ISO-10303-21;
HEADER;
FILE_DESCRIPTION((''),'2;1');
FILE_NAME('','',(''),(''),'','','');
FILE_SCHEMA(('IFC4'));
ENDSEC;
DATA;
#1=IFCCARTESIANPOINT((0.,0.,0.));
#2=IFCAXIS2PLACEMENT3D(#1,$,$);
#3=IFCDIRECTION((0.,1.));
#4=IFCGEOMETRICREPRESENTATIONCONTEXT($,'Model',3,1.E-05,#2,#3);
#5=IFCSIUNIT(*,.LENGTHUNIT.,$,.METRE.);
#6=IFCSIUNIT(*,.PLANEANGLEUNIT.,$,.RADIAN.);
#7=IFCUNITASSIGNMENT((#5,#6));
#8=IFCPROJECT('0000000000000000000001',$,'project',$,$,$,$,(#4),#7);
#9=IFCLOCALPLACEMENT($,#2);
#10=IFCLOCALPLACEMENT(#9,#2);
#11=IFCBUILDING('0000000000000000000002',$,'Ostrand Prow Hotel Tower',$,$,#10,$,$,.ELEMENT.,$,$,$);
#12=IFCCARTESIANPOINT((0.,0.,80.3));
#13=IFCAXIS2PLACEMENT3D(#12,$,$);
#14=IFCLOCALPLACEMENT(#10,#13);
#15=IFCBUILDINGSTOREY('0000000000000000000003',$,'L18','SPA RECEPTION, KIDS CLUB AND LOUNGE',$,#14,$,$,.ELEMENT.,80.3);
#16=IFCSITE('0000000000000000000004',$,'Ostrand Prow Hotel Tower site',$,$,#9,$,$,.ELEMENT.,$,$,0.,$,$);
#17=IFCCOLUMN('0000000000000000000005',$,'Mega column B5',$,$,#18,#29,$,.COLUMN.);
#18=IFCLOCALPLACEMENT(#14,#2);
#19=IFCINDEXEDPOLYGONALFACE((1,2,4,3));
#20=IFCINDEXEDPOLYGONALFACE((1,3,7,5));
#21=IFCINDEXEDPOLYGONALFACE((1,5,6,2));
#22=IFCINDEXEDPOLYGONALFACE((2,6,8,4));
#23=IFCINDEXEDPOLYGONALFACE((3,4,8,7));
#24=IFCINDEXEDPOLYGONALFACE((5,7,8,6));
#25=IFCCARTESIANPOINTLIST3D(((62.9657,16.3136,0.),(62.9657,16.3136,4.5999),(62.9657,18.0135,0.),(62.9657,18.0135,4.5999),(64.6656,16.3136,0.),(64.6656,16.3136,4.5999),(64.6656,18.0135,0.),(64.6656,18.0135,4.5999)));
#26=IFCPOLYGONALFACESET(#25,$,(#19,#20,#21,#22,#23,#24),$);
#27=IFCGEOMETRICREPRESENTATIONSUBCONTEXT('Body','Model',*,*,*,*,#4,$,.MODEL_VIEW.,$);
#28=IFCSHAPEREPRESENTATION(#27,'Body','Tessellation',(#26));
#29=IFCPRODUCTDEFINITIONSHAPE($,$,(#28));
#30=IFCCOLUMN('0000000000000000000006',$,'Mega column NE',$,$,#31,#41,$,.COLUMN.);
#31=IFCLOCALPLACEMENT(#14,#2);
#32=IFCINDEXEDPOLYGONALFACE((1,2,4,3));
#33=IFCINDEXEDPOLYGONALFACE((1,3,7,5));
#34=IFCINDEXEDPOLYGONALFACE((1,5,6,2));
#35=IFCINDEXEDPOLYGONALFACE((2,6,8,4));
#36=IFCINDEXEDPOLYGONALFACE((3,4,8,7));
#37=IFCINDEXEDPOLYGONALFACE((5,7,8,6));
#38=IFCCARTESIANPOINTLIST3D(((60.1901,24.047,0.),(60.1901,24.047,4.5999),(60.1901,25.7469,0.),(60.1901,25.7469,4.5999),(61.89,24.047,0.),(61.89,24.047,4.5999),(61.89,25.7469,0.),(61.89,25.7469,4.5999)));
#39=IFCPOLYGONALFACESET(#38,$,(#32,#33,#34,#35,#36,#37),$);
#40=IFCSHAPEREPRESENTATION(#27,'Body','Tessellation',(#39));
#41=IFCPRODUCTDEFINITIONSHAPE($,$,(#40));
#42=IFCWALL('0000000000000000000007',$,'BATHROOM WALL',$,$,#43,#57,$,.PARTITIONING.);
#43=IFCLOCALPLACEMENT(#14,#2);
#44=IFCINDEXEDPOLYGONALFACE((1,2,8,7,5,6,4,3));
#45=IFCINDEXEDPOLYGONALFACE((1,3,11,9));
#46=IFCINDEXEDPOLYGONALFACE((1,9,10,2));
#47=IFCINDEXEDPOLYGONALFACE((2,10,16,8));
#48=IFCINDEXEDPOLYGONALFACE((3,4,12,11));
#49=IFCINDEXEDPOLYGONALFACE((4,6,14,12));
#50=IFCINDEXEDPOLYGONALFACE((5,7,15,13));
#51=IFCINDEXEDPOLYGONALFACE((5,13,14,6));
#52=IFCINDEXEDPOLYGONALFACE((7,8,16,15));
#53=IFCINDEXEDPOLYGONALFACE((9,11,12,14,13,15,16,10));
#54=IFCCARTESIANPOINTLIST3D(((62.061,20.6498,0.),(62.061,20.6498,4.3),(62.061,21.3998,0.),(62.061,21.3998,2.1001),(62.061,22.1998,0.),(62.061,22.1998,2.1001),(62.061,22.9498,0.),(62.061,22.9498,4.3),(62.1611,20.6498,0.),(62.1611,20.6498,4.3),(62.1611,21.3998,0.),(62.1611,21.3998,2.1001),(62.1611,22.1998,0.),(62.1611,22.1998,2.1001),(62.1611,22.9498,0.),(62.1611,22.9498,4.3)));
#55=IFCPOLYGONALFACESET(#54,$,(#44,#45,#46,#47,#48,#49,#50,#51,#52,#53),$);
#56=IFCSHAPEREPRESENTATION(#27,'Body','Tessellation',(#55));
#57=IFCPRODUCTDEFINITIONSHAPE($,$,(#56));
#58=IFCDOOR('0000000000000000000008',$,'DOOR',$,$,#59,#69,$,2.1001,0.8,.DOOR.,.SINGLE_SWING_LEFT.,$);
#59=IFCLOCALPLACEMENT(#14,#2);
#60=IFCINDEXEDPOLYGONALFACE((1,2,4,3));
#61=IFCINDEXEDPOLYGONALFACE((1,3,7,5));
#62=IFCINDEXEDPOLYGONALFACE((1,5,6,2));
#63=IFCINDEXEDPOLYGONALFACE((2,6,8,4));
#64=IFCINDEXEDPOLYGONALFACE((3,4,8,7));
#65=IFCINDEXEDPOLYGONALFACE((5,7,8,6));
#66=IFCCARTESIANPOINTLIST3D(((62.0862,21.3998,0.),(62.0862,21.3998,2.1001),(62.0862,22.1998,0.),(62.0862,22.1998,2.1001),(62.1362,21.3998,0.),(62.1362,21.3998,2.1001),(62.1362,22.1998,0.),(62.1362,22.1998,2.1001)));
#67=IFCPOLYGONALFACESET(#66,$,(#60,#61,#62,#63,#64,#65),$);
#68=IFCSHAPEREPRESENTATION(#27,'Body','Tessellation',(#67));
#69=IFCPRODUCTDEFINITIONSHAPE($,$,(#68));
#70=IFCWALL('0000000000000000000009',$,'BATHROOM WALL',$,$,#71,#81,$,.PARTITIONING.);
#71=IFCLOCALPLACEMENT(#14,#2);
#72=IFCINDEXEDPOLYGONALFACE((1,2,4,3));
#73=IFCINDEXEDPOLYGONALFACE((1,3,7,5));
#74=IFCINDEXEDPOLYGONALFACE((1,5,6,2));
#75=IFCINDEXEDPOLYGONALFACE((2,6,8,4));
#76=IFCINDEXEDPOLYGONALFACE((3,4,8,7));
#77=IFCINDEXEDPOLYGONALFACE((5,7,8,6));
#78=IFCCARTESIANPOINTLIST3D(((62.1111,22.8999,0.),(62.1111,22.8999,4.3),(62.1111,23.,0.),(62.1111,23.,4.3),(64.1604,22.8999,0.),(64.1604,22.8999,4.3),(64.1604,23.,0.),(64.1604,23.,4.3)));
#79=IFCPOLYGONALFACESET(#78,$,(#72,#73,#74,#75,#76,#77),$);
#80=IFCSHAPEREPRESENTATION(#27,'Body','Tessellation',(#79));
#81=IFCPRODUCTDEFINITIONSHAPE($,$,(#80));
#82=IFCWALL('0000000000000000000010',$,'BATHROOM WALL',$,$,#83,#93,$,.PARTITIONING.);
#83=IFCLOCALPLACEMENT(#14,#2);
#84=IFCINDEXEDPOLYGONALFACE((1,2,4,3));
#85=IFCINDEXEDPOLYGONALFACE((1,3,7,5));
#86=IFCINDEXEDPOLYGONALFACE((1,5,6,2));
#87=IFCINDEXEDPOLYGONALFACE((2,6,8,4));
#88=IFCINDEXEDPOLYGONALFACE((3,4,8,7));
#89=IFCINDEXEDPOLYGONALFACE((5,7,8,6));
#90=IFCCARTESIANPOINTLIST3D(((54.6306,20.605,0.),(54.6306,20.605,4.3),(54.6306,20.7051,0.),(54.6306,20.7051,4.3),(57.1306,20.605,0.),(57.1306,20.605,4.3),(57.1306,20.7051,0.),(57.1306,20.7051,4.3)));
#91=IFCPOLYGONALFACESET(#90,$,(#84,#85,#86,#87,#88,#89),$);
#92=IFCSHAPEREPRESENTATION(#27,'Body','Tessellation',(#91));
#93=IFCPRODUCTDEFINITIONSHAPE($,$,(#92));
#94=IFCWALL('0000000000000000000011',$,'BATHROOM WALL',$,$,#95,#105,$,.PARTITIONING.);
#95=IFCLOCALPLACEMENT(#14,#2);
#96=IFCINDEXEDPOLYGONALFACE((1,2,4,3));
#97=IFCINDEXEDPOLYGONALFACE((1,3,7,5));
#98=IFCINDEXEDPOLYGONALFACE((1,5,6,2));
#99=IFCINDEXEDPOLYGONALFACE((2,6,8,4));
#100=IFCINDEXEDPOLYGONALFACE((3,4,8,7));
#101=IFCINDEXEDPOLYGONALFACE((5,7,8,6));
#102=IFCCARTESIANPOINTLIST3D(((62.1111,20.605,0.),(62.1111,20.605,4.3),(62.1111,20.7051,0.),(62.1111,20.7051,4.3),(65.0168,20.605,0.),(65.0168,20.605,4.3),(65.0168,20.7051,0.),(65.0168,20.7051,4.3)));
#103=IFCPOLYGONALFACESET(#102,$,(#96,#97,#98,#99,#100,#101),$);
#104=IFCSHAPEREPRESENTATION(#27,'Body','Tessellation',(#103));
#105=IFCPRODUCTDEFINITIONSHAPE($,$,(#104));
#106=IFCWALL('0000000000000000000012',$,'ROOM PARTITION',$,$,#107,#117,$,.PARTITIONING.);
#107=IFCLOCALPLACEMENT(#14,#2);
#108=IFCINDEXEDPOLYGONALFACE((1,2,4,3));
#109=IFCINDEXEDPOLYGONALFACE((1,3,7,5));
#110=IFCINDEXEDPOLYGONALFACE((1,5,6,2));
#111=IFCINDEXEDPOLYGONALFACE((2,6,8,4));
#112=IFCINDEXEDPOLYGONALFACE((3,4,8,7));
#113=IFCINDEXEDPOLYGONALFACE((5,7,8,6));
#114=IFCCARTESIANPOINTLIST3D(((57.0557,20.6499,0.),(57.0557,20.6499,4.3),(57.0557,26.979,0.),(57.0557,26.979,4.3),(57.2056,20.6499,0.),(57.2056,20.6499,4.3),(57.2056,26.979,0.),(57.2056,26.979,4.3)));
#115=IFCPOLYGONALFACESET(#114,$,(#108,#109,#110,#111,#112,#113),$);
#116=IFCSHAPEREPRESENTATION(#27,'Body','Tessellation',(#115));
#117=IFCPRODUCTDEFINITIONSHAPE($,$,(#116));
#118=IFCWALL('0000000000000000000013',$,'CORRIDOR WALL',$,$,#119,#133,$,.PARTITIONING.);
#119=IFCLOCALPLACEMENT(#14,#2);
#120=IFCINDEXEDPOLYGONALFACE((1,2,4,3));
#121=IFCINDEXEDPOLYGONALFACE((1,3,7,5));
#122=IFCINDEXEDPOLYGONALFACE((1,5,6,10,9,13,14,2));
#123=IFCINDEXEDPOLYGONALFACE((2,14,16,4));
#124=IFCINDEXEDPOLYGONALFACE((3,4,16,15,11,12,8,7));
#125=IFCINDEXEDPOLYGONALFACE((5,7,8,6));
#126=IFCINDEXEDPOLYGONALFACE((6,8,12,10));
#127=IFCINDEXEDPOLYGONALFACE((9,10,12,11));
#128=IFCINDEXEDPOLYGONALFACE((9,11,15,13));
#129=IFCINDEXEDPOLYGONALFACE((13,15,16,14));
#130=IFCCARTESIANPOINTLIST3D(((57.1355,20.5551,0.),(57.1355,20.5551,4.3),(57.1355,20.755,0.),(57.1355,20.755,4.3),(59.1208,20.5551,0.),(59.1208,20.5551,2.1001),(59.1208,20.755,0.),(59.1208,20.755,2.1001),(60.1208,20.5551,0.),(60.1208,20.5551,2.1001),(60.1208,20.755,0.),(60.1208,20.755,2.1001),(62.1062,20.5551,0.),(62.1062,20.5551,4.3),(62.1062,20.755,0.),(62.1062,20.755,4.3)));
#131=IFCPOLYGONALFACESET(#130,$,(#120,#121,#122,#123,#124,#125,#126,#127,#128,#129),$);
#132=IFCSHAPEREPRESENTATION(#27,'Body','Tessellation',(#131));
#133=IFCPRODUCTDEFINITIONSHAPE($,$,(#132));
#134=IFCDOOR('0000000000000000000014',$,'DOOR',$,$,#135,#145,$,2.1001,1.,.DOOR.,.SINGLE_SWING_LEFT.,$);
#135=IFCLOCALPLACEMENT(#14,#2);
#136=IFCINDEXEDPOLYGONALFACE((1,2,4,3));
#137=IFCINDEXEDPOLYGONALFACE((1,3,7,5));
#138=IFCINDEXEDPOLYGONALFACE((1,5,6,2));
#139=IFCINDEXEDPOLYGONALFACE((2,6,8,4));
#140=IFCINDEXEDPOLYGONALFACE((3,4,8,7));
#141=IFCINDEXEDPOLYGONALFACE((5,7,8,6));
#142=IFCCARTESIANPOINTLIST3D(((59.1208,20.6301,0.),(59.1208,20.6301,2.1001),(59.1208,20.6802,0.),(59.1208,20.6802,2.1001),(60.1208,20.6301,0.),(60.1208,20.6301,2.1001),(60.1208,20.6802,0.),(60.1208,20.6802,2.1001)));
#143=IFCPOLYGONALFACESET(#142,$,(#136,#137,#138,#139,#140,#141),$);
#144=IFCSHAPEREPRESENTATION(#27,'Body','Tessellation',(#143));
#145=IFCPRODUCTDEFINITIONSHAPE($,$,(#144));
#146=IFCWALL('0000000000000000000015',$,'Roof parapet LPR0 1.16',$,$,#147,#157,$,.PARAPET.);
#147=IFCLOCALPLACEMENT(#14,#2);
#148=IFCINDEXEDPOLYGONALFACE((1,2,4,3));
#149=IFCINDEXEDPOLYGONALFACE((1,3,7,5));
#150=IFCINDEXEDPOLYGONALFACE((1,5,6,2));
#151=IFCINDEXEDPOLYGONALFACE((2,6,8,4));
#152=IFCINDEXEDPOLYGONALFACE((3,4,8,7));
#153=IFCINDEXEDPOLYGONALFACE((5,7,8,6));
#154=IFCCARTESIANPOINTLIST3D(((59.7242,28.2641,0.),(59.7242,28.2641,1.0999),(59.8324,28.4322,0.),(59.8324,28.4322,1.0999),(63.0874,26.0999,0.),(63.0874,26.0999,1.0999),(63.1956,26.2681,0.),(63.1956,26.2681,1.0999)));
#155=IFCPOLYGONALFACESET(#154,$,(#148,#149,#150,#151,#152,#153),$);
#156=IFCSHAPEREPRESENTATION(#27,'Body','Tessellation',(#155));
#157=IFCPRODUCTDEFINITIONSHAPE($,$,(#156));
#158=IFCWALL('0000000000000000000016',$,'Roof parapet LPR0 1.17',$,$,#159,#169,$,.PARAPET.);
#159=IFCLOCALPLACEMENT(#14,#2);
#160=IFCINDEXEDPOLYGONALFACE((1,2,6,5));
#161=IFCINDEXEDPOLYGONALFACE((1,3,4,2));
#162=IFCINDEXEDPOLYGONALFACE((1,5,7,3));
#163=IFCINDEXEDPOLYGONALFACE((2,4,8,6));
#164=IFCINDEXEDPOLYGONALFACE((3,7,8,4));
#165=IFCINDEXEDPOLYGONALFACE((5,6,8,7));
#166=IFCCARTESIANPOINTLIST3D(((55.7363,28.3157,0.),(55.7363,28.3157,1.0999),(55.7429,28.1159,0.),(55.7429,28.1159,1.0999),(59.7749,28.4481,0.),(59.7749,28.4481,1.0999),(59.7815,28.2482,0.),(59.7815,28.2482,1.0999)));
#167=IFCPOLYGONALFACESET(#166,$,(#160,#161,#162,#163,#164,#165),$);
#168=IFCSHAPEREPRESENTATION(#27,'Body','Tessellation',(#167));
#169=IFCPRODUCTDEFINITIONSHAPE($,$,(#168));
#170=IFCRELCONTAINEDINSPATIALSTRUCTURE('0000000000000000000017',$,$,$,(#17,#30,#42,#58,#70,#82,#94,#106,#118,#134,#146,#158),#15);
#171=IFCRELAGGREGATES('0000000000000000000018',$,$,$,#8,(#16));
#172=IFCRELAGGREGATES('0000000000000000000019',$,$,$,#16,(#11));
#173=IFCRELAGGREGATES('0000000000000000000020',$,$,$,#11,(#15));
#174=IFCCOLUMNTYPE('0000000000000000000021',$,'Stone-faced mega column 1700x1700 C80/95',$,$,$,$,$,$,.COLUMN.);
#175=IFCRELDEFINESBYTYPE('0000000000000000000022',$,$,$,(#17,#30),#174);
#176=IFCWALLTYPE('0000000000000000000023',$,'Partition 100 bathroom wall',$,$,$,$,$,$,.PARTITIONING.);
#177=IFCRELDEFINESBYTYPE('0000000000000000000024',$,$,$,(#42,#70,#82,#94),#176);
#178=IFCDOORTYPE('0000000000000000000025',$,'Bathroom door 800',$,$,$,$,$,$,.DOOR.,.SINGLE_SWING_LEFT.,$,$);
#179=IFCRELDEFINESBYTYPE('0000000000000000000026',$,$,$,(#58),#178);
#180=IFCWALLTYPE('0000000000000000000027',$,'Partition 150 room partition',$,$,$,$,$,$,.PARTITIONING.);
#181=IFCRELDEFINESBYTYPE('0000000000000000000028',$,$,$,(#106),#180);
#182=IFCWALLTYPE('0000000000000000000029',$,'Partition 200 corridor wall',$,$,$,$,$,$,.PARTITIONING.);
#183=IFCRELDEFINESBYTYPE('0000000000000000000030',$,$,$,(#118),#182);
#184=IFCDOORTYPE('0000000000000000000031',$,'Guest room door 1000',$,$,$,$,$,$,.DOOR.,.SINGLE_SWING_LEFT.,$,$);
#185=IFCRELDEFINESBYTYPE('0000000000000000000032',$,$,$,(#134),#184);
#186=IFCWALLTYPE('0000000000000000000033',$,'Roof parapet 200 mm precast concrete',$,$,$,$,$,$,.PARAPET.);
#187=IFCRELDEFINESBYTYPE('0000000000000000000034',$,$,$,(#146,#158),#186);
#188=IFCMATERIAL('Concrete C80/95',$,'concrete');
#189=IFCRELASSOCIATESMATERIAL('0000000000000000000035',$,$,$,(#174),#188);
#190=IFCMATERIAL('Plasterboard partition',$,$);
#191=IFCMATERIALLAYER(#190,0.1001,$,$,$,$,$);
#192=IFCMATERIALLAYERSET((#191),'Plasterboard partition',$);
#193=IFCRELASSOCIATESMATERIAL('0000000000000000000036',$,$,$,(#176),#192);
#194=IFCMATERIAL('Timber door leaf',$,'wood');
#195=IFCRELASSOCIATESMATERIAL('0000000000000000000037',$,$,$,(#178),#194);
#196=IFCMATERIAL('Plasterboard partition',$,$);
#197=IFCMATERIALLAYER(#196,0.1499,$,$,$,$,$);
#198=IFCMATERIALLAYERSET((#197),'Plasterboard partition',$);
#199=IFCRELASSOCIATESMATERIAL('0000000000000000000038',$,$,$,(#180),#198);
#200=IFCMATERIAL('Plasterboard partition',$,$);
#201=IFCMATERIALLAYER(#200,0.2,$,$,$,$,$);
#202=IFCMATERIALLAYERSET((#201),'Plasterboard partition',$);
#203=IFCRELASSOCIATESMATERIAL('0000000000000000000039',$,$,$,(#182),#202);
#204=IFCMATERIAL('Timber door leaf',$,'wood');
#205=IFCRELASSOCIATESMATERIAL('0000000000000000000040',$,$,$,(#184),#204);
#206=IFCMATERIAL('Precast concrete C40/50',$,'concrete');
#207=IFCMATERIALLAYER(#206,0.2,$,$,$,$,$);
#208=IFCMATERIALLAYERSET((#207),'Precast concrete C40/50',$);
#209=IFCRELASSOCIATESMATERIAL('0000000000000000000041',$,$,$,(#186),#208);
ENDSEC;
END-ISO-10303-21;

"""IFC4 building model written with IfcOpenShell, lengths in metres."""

from ifc_helpers import new_model, si_unit, direction, frame, frame_2d, origin, origin_2d, place, context, subcontext, project, spatial, rectangle, extrude, material, layer, layer_set, material_profile, profile_set, type_object, element, fill, save


model = new_model("IFC4")

# Units and contexts
model_context = context("Model", 3, precision=1e-05, world=origin(), true_north=direction((0.0, 1.0)))
body_context = subcontext(model_context, "Body", "Model", "MODEL_VIEW")
ifc_project = project(units=[si_unit("LENGTHUNIT", "METRE"), si_unit("PLANEANGLEUNIT", "RADIAN")], contexts=[model_context])

# Site, building, storey
site_placement = place(None, origin())
site = spatial("IfcSite", under=ifc_project, at=site_placement, Name="Ostrand Prow Hotel Tower site", CompositionType="ELEMENT", RefElevation=0.0)
building_placement = place(site_placement, origin())
building = spatial("IfcBuilding", under=site, at=building_placement, Name="Ostrand Prow Hotel Tower", CompositionType="ELEMENT")
storey_placement = place(building_placement, frame((0.0, 0.0, 80.3)))
storey = spatial("IfcBuildingStorey", under=building, at=storey_placement, Name="L18", Description="SPA RECEPTION, KIDS CLUB AND LOUNGE", CompositionType="ELEMENT", Elevation=80.3)

# Columns
ifc_material_1 = material(Name="Concrete C80/95", Category="concrete")
ifc_material_profile = material_profile(ifc_material_1, rectangle(XDim=1.7, YDim=1.7, at=origin_2d()), Name="RC 1700x1700")
ifc_profile_set = profile_set([ifc_material_profile], Name="Concrete C80/95")
column_type = type_object("IfcColumnType", Name="Stone-faced mega column 1700x1700 C80/95", PredefinedType="COLUMN", material=ifc_profile_set)
for number, where, z_axis, x_axis, name in (
    (1, (63.8157, 17.1636, 0.0), (0.0, 0.0, 1.0), (1.0, 0.0, 0.0), "Mega column B5"),
    (2, (61.04, 24.897, 0.0), (0.0, 0.0, 1.0), (1.0, 0.0, 0.0), "Mega column NE"),
):
    element("IfcColumn", number, at=place(storey_placement, frame(where, z_axis=z_axis, x_axis=x_axis)), inside=storey, type_object=column_type, Name=name, PredefinedType="COLUMN", context=body_context, shape_type="SweptSolid", body=[
        extrude(rectangle(XDim=1.7, YDim=1.7, at=origin_2d()), origin(), (0.0, 0.0, 1.0), 4.5999),
    ])

# Wall, opening, door
ifc_material_2 = material(Name="Plasterboard partition")
ifc_layer_1 = layer(ifc_material_2, 0.1001)
ifc_layer_set_1 = layer_set([ifc_layer_1], Name="Plasterboard partition")
wall_type_1 = type_object("IfcWallType", Name="Partition 100 bathroom wall", PredefinedType="PARTITIONING", material=ifc_layer_set_1)
wall_1_placement = place(storey_placement, frame((62.1111, 20.6499, 0.0), z_axis=(0.0, 0.0, 1.0), x_axis=(0.0, 1.0, 0.0)))
wall_1 = element("IfcWall", 3, at=wall_1_placement, inside=storey, type_object=wall_type_1, Name="BATHROOM WALL", PredefinedType="PARTITIONING", context=body_context, shape_type="SweptSolid", body=[
    extrude(rectangle(XDim=2.3, YDim=0.1001, at=frame_2d((1.1499, 0.0))), origin(), (0.0, 0.0, 1.0), 4.3),
])
opening_1_placement = place(wall_1_placement, frame((0.75, 0.0, 0.0)))
opening_1 = element("IfcOpeningElement", 4, at=opening_1_placement, cuts=wall_1, PredefinedType="OPENING", context=body_context, shape_type="SweptSolid", body=[
    extrude(rectangle(XDim=0.8, YDim=2.1001, at=frame_2d((0.3999, 1.05))), frame((0.0, 0.0601, 0.0), z_axis=(0.0, -1.0, 0.0), x_axis=(1.0, 0.0, 0.0)), (0.0, 0.0, 1.0), 0.1201),
])
ifc_material_3 = material(Name="Timber door leaf", Category="wood")
door_type_1 = type_object("IfcDoorType", Name="Bathroom door 800", OperationType="SINGLE_SWING_LEFT", PredefinedType="DOOR", material=ifc_material_3)
door_1_placement = place(opening_1_placement, origin())
door_1 = element("IfcDoor", 5, at=door_1_placement, inside=storey, type_object=door_type_1, Name="DOOR", OperationType="SINGLE_SWING_LEFT", OverallHeight=2.1001, OverallWidth=0.8, PredefinedType="DOOR", context=body_context, shape_type="SweptSolid", body=[
    extrude(rectangle(XDim=0.8, YDim=2.1001, at=frame_2d((0.3999, 1.05))), frame((0.0, 0.0249, 0.0), z_axis=(0.0, -1.0, 0.0), x_axis=(1.0, 0.0, 0.0)), (0.0, 0.0, 1.0), 0.05),
])
fill(opening_1, door_1)

# Walls
wall_2_placement = place(storey_placement, frame((62.1111, 22.95, 0.0), z_axis=(0.0, 0.0, 1.0), x_axis=(1.0, 0.0, 0.0)))
element("IfcWall", 6, at=wall_2_placement, inside=storey, type_object=wall_type_1, Name="BATHROOM WALL", PredefinedType="PARTITIONING", context=body_context, shape_type="SweptSolid", body=[
    extrude(rectangle(XDim=2.0493, YDim=0.1001, at=frame_2d((1.0247, 0.0))), origin(), (0.0, 0.0, 1.0), 4.3),
])
wall_3_placement = place(storey_placement, frame((57.1306, 20.655, 0.0), z_axis=(0.0, 0.0, 1.0), x_axis=(-1.0, 0.0, 0.0)))
element("IfcWall", 7, at=wall_3_placement, inside=storey, type_object=wall_type_1, Name="BATHROOM WALL", PredefinedType="PARTITIONING", context=body_context, shape_type="SweptSolid", body=[
    extrude(rectangle(XDim=2.5, YDim=0.1001, at=frame_2d((1.25, 0.0))), origin(), (0.0, 0.0, 1.0), 4.3),
])
wall_4_placement = place(storey_placement, frame((65.0168, 20.655, 0.0), z_axis=(0.0, 0.0, 1.0), x_axis=(-1.0, 0.0, 0.0)))
element("IfcWall", 8, at=wall_4_placement, inside=storey, type_object=wall_type_1, Name="BATHROOM WALL", PredefinedType="PARTITIONING", context=body_context, shape_type="SweptSolid", body=[
    extrude(rectangle(XDim=2.9058, YDim=0.1001, at=frame_2d((1.4529, 0.0))), origin(), (0.0, 0.0, 1.0), 4.3),
])
ifc_material_4 = material(Name="Plasterboard partition")
ifc_layer_2 = layer(ifc_material_4, 0.1499)
ifc_layer_set_2 = layer_set([ifc_layer_2], Name="Plasterboard partition")
wall_type_2 = type_object("IfcWallType", Name="Partition 150 room partition", PredefinedType="PARTITIONING", material=ifc_layer_set_2)
wall_5_placement = place(storey_placement, frame((57.1306, 20.6499, 0.0), z_axis=(0.0, 0.0, 1.0), x_axis=(0.0, 1.0, 0.0)))
element("IfcWall", 9, at=wall_5_placement, inside=storey, type_object=wall_type_2, Name="ROOM PARTITION", PredefinedType="PARTITIONING", context=body_context, shape_type="SweptSolid", body=[
    extrude(rectangle(XDim=6.3291, YDim=0.1499, at=frame_2d((3.1646, 0.0))), origin(), (0.0, 0.0, 1.0), 4.3),
])

# Wall, opening, door
ifc_material_5 = material(Name="Plasterboard partition")
ifc_layer_3 = layer(ifc_material_5, 0.2)
ifc_layer_set_3 = layer_set([ifc_layer_3], Name="Plasterboard partition")
wall_type_3 = type_object("IfcWallType", Name="Partition 200 corridor wall", PredefinedType="PARTITIONING", material=ifc_layer_set_3)
wall_6_placement = place(storey_placement, frame((62.1062, 20.655, 0.0), z_axis=(0.0, 0.0, 1.0), x_axis=(-1.0, 0.0, 0.0)))
wall_6 = element("IfcWall", 10, at=wall_6_placement, inside=storey, type_object=wall_type_3, Name="CORRIDOR WALL", PredefinedType="PARTITIONING", context=body_context, shape_type="SweptSolid", body=[
    extrude(rectangle(XDim=4.9707, YDim=0.2, at=frame_2d((2.4854, 0.0))), origin(), (0.0, 0.0, 1.0), 4.3),
])
opening_2_placement = place(wall_6_placement, frame((1.9854, 0.0, 0.0)))
opening_2 = element("IfcOpeningElement", 11, at=opening_2_placement, cuts=wall_6, PredefinedType="OPENING", context=body_context, shape_type="SweptSolid", body=[
    extrude(rectangle(XDim=1.0, YDim=2.1001, at=frame_2d((0.5, 1.05))), frame((0.0, 0.1099, 0.0), z_axis=(0.0, -1.0, 0.0), x_axis=(1.0, 0.0, 0.0)), (0.0, 0.0, 1.0), 0.22),
])
ifc_material_6 = material(Name="Timber door leaf", Category="wood")
door_type_2 = type_object("IfcDoorType", Name="Guest room door 1000", OperationType="SINGLE_SWING_LEFT", PredefinedType="DOOR", material=ifc_material_6)
door_2_placement = place(opening_2_placement, origin())
door_2 = element("IfcDoor", 12, at=door_2_placement, inside=storey, type_object=door_type_2, Name="DOOR", OperationType="SINGLE_SWING_LEFT", OverallHeight=2.1001, OverallWidth=1.0, PredefinedType="DOOR", context=body_context, shape_type="SweptSolid", body=[
    extrude(rectangle(XDim=1.0, YDim=2.1001, at=frame_2d((0.5, 1.05))), frame((0.0, 0.0249, 0.0), z_axis=(0.0, -1.0, 0.0), x_axis=(1.0, 0.0, 0.0)), (0.0, 0.0, 1.0), 0.05),
])
fill(opening_2, door_2)

# Walls
ifc_material_7 = material(Name="Precast concrete C40/50", Category="concrete")
ifc_layer_4 = layer(ifc_material_7, 0.2)
ifc_layer_set_4 = layer_set([ifc_layer_4], Name="Precast concrete C40/50")
wall_type_4 = type_object("IfcWallType", Name="Roof parapet 200 mm precast concrete", PredefinedType="PARAPET", material=ifc_layer_set_4)
wall_7_placement = place(storey_placement, frame((63.1414, 26.1841, 0.0), z_axis=(0.0, 0.0, 1.0), x_axis=(-0.840938, 0.541131, 0.0)))
element("IfcWall", 13, at=wall_7_placement, inside=storey, type_object=wall_type_4, Name="Roof parapet LPR0 1.16", PredefinedType="PARAPET", context=body_context, shape_type="SweptSolid", body=[
    extrude(rectangle(XDim=3.9993, YDim=0.2, at=frame_2d((1.9995, 0.0))), origin(), (0.0, 0.0, 1.0), 1.0999),
])
wall_8_placement = place(storey_placement, frame((59.7783, 28.3481, 0.0), z_axis=(0.0, 0.0, 1.0), x_axis=(-0.999464, -0.032748, 0.0)))
element("IfcWall", 14, at=wall_8_placement, inside=storey, type_object=wall_type_4, Name="Roof parapet LPR0 1.17", PredefinedType="PARAPET", context=body_context, shape_type="SweptSolid", body=[
    extrude(rectangle(XDim=4.0408, YDim=0.2, at=frame_2d((2.0205, 0.0))), origin(), (0.0, 0.0, 1.0), 1.0999),
])

save(model, "model.ifc")
